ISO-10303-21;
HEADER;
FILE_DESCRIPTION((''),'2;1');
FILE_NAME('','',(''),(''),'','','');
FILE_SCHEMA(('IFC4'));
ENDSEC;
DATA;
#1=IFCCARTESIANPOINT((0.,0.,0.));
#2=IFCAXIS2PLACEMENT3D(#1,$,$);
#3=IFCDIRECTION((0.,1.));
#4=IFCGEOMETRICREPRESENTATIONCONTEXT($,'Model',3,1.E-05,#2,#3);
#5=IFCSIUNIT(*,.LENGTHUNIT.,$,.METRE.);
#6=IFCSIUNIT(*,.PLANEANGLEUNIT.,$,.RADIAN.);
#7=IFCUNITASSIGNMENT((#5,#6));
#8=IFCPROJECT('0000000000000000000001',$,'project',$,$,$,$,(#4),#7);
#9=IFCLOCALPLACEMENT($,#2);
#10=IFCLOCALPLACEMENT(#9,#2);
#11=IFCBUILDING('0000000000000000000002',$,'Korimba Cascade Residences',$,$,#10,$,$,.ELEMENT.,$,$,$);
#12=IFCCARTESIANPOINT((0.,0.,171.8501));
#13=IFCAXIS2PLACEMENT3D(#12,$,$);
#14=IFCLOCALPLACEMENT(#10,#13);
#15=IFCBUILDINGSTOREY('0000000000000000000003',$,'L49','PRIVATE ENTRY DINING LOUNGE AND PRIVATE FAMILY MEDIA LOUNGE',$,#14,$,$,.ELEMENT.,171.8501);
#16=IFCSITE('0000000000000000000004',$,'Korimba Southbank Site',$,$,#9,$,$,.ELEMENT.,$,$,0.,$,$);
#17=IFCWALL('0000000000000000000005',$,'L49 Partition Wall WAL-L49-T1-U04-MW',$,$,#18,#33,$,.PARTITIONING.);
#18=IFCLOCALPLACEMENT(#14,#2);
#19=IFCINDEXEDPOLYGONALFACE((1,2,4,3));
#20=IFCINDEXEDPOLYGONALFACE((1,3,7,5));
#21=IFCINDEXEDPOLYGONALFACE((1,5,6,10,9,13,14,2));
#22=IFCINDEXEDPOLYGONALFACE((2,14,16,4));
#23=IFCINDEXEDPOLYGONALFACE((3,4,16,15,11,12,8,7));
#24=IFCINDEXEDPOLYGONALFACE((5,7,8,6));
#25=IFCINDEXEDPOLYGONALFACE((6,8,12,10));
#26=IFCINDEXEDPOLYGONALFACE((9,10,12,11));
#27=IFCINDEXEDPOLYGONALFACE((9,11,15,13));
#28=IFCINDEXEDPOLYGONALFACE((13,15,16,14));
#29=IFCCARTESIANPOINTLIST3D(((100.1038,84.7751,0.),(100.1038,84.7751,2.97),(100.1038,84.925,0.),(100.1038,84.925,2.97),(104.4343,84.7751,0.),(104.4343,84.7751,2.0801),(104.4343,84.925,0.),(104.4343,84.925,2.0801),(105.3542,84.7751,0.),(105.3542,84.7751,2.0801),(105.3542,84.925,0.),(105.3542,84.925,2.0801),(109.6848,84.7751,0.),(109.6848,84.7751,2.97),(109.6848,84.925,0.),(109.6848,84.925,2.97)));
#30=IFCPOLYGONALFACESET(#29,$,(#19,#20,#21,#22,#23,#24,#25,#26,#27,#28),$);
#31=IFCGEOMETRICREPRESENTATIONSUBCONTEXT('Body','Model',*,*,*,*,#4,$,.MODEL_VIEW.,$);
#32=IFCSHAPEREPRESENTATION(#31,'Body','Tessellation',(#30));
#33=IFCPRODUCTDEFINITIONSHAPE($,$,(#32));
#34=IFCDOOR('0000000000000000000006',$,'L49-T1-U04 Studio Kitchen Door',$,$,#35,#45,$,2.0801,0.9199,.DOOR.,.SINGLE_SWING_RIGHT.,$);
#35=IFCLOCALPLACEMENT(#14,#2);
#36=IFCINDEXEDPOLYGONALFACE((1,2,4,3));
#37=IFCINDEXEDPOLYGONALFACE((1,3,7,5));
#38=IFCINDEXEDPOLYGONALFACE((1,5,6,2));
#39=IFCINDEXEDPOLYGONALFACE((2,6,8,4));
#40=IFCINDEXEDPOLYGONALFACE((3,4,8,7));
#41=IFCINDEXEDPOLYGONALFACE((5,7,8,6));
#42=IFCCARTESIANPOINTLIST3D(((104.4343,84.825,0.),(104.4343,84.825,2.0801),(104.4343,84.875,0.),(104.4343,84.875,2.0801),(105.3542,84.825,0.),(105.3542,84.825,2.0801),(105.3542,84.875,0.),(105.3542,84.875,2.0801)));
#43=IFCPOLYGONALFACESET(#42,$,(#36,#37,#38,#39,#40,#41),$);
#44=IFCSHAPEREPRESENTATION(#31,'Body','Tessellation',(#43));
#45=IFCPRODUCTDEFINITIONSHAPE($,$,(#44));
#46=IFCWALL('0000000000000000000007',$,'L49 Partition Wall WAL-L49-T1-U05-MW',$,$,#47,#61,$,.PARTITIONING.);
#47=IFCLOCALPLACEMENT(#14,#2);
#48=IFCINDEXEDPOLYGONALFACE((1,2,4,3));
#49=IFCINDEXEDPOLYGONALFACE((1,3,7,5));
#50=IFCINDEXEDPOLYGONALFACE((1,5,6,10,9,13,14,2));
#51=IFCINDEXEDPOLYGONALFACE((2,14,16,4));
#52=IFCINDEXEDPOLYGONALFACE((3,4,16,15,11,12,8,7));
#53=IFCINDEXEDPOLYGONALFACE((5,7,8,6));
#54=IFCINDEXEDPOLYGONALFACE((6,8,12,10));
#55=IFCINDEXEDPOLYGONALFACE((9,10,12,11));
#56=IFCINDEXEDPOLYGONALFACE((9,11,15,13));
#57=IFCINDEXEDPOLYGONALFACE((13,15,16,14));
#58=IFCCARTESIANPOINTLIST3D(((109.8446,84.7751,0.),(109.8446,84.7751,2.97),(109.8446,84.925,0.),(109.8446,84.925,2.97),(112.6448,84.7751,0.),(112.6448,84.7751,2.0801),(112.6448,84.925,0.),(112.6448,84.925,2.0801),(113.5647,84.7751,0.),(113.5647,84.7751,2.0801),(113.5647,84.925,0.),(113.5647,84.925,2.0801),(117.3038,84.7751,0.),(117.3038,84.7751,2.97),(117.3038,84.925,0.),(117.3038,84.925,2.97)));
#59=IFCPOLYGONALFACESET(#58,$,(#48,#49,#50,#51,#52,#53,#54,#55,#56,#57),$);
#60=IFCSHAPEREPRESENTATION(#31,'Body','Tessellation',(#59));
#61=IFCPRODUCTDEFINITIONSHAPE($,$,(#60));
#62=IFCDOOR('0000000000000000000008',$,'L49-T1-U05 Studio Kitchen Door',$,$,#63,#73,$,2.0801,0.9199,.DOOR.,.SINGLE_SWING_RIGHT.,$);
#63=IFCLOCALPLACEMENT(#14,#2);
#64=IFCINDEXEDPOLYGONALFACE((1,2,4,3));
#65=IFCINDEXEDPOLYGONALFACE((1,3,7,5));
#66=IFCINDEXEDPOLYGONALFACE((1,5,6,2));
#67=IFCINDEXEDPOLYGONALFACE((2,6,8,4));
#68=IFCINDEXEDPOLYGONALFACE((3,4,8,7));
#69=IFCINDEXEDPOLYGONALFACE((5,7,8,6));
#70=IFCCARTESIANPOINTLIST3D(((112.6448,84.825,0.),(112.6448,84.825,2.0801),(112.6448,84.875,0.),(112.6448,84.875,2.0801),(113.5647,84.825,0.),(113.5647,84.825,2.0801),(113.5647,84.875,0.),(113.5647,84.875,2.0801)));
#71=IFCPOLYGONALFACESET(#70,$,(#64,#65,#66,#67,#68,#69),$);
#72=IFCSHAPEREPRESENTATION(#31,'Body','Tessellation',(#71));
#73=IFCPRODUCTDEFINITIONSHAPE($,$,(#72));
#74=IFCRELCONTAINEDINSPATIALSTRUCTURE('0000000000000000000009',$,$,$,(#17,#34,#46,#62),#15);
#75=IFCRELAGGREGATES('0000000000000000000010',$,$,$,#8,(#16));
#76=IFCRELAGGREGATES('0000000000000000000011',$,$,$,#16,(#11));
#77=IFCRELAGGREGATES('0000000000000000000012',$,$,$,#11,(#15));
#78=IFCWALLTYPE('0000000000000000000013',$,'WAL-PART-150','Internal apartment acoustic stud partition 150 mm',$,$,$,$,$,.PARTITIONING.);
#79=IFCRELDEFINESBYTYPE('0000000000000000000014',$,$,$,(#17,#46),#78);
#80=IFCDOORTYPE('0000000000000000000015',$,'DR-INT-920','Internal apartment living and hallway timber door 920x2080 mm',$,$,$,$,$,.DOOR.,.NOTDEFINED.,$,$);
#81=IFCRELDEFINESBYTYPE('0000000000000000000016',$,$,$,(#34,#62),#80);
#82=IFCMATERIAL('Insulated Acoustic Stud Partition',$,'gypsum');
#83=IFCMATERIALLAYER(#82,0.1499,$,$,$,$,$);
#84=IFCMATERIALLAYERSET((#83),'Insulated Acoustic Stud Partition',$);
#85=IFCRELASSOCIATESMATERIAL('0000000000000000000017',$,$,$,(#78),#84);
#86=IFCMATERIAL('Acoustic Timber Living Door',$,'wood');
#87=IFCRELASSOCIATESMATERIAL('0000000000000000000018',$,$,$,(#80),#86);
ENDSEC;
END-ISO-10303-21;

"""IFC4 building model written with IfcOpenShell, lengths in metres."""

from ifc_helpers import new_model, si_unit, direction, frame, frame_2d, origin, place, context, subcontext, project, spatial, rectangle, extrude, material, layer, layer_set, type_object, element, fill, save


model = new_model("IFC4")

# Units and contexts
model_context = context("Model", 3, precision=1e-05, world=origin(), true_north=direction((0.0, 1.0)))
body_context = subcontext(model_context, "Body", "Model", "MODEL_VIEW")
ifc_project = project(units=[si_unit("LENGTHUNIT", "METRE"), si_unit("PLANEANGLEUNIT", "RADIAN")], contexts=[model_context])

# Site, building, storey
site_placement = place(None, origin())
site = spatial("IfcSite", under=ifc_project, at=site_placement, Name="Korimba Southbank Site", CompositionType="ELEMENT", RefElevation=0.0)
building_placement = place(site_placement, origin())
building = spatial("IfcBuilding", under=site, at=building_placement, Name="Korimba Cascade Residences", CompositionType="ELEMENT")
storey_placement = place(building_placement, frame((0.0, 0.0, 171.8501)))
storey = spatial("IfcBuildingStorey", under=building, at=storey_placement, Name="L49", Description="PRIVATE ENTRY DINING LOUNGE AND PRIVATE FAMILY MEDIA LOUNGE", CompositionType="ELEMENT", Elevation=171.8501)

# Walls, openings, doors
ifc_material_1 = material(Name="Insulated Acoustic Stud Partition", Category="gypsum")
ifc_layer_1 = layer(ifc_material_1, 0.1499)
ifc_layer_set_1 = layer_set([ifc_layer_1], Name="Insulated Acoustic Stud Partition")
wall_type_1 = type_object("IfcWallType", Name="WAL-PART-150", Description="Internal apartment acoustic stud partition 150 mm", PredefinedType="PARTITIONING", material=ifc_layer_set_1)
wall_1_placement = place(storey_placement, frame((100.1038, 84.8501, 0.0), z_axis=(0.0, 0.0, 1.0), x_axis=(1.0, 0.0, 0.0)))
wall_1 = element("IfcWall", 1, at=wall_1_placement, inside=storey, type_object=wall_type_1, Name="L49 Partition Wall WAL-L49-T1-U04-MW", PredefinedType="PARTITIONING", context=body_context, shape_type="SweptSolid", body=[
    extrude(rectangle(XDim=9.5811, YDim=0.1499, at=frame_2d((4.7905, 0.0))), origin(), (0.0, 0.0, 1.0), 2.97),
])
opening_1_placement = place(wall_1_placement, frame((4.3306, 0.0, 0.0)))
opening_1 = element("IfcOpeningElement", 2, at=opening_1_placement, cuts=wall_1, PredefinedType="OPENING", context=body_context, shape_type="SweptSolid", body=[
    extrude(rectangle(XDim=0.9199, YDim=2.0801, at=frame_2d((0.46, 1.04))), frame((0.0, 0.085, 0.0), z_axis=(0.0, -1.0, 0.0), x_axis=(1.0, 0.0, 0.0)), (0.0, 0.0, 1.0), 0.1699),
])
ifc_material_2 = material(Name="Acoustic Timber Living Door", Category="wood")
door_type_1 = type_object("IfcDoorType", Name="DR-INT-920", Description="Internal apartment living and hallway timber door 920x2080 mm", OperationType="NOTDEFINED", PredefinedType="DOOR", material=ifc_material_2)
door_1_placement = place(opening_1_placement, origin())
door_1 = element("IfcDoor", 3, at=door_1_placement, inside=storey, type_object=door_type_1, Name="L49-T1-U04 Studio Kitchen Door", OperationType="SINGLE_SWING_RIGHT", OverallHeight=2.0801, OverallWidth=0.9199, PredefinedType="DOOR", context=body_context, shape_type="SweptSolid", body=[
    extrude(rectangle(XDim=0.9199, YDim=2.0801, at=frame_2d((0.46, 1.04))), frame((0.0, 0.0249, 0.0), z_axis=(0.0, -1.0, 0.0), x_axis=(1.0, 0.0, 0.0)), (0.0, 0.0, 1.0), 0.05),
])
fill(opening_1, door_1)
wall_2_placement = place(storey_placement, frame((109.8447, 84.8501, 0.0), z_axis=(0.0, 0.0, 1.0), x_axis=(1.0, 0.0, 0.0)))
wall_2 = element("IfcWall", 4, at=wall_2_placement, inside=storey, type_object=wall_type_1, Name="L49 Partition Wall WAL-L49-T1-U05-MW", PredefinedType="PARTITIONING", context=body_context, shape_type="SweptSolid", body=[
    extrude(rectangle(XDim=7.4592, YDim=0.1499, at=frame_2d((3.7295, 0.0))), origin(), (0.0, 0.0, 1.0), 2.97),
])
opening_2_placement = place(wall_2_placement, frame((2.8, 0.0, 0.0)))
opening_2 = element("IfcOpeningElement", 5, at=opening_2_placement, cuts=wall_2, PredefinedType="OPENING", context=body_context, shape_type="SweptSolid", body=[
    extrude(rectangle(XDim=0.9199, YDim=2.0801, at=frame_2d((0.46, 1.04))), frame((0.0, 0.085, 0.0), z_axis=(0.0, -1.0, 0.0), x_axis=(1.0, 0.0, 0.0)), (0.0, 0.0, 1.0), 0.1699),
])
door_2_placement = place(opening_2_placement, origin())
door_2 = element("IfcDoor", 6, at=door_2_placement, inside=storey, type_object=door_type_1, Name="L49-T1-U05 Studio Kitchen Door", OperationType="SINGLE_SWING_RIGHT", OverallHeight=2.0801, OverallWidth=0.9199, PredefinedType="DOOR", context=body_context, shape_type="SweptSolid", body=[
    extrude(rectangle(XDim=0.9199, YDim=2.0801, at=frame_2d((0.46, 1.04))), frame((0.0, 0.0249, 0.0), z_axis=(0.0, -1.0, 0.0), x_axis=(1.0, 0.0, 0.0)), (0.0, 0.0, 1.0), 0.05),
])
fill(opening_2, door_2)

save(model, "model.ifc")
